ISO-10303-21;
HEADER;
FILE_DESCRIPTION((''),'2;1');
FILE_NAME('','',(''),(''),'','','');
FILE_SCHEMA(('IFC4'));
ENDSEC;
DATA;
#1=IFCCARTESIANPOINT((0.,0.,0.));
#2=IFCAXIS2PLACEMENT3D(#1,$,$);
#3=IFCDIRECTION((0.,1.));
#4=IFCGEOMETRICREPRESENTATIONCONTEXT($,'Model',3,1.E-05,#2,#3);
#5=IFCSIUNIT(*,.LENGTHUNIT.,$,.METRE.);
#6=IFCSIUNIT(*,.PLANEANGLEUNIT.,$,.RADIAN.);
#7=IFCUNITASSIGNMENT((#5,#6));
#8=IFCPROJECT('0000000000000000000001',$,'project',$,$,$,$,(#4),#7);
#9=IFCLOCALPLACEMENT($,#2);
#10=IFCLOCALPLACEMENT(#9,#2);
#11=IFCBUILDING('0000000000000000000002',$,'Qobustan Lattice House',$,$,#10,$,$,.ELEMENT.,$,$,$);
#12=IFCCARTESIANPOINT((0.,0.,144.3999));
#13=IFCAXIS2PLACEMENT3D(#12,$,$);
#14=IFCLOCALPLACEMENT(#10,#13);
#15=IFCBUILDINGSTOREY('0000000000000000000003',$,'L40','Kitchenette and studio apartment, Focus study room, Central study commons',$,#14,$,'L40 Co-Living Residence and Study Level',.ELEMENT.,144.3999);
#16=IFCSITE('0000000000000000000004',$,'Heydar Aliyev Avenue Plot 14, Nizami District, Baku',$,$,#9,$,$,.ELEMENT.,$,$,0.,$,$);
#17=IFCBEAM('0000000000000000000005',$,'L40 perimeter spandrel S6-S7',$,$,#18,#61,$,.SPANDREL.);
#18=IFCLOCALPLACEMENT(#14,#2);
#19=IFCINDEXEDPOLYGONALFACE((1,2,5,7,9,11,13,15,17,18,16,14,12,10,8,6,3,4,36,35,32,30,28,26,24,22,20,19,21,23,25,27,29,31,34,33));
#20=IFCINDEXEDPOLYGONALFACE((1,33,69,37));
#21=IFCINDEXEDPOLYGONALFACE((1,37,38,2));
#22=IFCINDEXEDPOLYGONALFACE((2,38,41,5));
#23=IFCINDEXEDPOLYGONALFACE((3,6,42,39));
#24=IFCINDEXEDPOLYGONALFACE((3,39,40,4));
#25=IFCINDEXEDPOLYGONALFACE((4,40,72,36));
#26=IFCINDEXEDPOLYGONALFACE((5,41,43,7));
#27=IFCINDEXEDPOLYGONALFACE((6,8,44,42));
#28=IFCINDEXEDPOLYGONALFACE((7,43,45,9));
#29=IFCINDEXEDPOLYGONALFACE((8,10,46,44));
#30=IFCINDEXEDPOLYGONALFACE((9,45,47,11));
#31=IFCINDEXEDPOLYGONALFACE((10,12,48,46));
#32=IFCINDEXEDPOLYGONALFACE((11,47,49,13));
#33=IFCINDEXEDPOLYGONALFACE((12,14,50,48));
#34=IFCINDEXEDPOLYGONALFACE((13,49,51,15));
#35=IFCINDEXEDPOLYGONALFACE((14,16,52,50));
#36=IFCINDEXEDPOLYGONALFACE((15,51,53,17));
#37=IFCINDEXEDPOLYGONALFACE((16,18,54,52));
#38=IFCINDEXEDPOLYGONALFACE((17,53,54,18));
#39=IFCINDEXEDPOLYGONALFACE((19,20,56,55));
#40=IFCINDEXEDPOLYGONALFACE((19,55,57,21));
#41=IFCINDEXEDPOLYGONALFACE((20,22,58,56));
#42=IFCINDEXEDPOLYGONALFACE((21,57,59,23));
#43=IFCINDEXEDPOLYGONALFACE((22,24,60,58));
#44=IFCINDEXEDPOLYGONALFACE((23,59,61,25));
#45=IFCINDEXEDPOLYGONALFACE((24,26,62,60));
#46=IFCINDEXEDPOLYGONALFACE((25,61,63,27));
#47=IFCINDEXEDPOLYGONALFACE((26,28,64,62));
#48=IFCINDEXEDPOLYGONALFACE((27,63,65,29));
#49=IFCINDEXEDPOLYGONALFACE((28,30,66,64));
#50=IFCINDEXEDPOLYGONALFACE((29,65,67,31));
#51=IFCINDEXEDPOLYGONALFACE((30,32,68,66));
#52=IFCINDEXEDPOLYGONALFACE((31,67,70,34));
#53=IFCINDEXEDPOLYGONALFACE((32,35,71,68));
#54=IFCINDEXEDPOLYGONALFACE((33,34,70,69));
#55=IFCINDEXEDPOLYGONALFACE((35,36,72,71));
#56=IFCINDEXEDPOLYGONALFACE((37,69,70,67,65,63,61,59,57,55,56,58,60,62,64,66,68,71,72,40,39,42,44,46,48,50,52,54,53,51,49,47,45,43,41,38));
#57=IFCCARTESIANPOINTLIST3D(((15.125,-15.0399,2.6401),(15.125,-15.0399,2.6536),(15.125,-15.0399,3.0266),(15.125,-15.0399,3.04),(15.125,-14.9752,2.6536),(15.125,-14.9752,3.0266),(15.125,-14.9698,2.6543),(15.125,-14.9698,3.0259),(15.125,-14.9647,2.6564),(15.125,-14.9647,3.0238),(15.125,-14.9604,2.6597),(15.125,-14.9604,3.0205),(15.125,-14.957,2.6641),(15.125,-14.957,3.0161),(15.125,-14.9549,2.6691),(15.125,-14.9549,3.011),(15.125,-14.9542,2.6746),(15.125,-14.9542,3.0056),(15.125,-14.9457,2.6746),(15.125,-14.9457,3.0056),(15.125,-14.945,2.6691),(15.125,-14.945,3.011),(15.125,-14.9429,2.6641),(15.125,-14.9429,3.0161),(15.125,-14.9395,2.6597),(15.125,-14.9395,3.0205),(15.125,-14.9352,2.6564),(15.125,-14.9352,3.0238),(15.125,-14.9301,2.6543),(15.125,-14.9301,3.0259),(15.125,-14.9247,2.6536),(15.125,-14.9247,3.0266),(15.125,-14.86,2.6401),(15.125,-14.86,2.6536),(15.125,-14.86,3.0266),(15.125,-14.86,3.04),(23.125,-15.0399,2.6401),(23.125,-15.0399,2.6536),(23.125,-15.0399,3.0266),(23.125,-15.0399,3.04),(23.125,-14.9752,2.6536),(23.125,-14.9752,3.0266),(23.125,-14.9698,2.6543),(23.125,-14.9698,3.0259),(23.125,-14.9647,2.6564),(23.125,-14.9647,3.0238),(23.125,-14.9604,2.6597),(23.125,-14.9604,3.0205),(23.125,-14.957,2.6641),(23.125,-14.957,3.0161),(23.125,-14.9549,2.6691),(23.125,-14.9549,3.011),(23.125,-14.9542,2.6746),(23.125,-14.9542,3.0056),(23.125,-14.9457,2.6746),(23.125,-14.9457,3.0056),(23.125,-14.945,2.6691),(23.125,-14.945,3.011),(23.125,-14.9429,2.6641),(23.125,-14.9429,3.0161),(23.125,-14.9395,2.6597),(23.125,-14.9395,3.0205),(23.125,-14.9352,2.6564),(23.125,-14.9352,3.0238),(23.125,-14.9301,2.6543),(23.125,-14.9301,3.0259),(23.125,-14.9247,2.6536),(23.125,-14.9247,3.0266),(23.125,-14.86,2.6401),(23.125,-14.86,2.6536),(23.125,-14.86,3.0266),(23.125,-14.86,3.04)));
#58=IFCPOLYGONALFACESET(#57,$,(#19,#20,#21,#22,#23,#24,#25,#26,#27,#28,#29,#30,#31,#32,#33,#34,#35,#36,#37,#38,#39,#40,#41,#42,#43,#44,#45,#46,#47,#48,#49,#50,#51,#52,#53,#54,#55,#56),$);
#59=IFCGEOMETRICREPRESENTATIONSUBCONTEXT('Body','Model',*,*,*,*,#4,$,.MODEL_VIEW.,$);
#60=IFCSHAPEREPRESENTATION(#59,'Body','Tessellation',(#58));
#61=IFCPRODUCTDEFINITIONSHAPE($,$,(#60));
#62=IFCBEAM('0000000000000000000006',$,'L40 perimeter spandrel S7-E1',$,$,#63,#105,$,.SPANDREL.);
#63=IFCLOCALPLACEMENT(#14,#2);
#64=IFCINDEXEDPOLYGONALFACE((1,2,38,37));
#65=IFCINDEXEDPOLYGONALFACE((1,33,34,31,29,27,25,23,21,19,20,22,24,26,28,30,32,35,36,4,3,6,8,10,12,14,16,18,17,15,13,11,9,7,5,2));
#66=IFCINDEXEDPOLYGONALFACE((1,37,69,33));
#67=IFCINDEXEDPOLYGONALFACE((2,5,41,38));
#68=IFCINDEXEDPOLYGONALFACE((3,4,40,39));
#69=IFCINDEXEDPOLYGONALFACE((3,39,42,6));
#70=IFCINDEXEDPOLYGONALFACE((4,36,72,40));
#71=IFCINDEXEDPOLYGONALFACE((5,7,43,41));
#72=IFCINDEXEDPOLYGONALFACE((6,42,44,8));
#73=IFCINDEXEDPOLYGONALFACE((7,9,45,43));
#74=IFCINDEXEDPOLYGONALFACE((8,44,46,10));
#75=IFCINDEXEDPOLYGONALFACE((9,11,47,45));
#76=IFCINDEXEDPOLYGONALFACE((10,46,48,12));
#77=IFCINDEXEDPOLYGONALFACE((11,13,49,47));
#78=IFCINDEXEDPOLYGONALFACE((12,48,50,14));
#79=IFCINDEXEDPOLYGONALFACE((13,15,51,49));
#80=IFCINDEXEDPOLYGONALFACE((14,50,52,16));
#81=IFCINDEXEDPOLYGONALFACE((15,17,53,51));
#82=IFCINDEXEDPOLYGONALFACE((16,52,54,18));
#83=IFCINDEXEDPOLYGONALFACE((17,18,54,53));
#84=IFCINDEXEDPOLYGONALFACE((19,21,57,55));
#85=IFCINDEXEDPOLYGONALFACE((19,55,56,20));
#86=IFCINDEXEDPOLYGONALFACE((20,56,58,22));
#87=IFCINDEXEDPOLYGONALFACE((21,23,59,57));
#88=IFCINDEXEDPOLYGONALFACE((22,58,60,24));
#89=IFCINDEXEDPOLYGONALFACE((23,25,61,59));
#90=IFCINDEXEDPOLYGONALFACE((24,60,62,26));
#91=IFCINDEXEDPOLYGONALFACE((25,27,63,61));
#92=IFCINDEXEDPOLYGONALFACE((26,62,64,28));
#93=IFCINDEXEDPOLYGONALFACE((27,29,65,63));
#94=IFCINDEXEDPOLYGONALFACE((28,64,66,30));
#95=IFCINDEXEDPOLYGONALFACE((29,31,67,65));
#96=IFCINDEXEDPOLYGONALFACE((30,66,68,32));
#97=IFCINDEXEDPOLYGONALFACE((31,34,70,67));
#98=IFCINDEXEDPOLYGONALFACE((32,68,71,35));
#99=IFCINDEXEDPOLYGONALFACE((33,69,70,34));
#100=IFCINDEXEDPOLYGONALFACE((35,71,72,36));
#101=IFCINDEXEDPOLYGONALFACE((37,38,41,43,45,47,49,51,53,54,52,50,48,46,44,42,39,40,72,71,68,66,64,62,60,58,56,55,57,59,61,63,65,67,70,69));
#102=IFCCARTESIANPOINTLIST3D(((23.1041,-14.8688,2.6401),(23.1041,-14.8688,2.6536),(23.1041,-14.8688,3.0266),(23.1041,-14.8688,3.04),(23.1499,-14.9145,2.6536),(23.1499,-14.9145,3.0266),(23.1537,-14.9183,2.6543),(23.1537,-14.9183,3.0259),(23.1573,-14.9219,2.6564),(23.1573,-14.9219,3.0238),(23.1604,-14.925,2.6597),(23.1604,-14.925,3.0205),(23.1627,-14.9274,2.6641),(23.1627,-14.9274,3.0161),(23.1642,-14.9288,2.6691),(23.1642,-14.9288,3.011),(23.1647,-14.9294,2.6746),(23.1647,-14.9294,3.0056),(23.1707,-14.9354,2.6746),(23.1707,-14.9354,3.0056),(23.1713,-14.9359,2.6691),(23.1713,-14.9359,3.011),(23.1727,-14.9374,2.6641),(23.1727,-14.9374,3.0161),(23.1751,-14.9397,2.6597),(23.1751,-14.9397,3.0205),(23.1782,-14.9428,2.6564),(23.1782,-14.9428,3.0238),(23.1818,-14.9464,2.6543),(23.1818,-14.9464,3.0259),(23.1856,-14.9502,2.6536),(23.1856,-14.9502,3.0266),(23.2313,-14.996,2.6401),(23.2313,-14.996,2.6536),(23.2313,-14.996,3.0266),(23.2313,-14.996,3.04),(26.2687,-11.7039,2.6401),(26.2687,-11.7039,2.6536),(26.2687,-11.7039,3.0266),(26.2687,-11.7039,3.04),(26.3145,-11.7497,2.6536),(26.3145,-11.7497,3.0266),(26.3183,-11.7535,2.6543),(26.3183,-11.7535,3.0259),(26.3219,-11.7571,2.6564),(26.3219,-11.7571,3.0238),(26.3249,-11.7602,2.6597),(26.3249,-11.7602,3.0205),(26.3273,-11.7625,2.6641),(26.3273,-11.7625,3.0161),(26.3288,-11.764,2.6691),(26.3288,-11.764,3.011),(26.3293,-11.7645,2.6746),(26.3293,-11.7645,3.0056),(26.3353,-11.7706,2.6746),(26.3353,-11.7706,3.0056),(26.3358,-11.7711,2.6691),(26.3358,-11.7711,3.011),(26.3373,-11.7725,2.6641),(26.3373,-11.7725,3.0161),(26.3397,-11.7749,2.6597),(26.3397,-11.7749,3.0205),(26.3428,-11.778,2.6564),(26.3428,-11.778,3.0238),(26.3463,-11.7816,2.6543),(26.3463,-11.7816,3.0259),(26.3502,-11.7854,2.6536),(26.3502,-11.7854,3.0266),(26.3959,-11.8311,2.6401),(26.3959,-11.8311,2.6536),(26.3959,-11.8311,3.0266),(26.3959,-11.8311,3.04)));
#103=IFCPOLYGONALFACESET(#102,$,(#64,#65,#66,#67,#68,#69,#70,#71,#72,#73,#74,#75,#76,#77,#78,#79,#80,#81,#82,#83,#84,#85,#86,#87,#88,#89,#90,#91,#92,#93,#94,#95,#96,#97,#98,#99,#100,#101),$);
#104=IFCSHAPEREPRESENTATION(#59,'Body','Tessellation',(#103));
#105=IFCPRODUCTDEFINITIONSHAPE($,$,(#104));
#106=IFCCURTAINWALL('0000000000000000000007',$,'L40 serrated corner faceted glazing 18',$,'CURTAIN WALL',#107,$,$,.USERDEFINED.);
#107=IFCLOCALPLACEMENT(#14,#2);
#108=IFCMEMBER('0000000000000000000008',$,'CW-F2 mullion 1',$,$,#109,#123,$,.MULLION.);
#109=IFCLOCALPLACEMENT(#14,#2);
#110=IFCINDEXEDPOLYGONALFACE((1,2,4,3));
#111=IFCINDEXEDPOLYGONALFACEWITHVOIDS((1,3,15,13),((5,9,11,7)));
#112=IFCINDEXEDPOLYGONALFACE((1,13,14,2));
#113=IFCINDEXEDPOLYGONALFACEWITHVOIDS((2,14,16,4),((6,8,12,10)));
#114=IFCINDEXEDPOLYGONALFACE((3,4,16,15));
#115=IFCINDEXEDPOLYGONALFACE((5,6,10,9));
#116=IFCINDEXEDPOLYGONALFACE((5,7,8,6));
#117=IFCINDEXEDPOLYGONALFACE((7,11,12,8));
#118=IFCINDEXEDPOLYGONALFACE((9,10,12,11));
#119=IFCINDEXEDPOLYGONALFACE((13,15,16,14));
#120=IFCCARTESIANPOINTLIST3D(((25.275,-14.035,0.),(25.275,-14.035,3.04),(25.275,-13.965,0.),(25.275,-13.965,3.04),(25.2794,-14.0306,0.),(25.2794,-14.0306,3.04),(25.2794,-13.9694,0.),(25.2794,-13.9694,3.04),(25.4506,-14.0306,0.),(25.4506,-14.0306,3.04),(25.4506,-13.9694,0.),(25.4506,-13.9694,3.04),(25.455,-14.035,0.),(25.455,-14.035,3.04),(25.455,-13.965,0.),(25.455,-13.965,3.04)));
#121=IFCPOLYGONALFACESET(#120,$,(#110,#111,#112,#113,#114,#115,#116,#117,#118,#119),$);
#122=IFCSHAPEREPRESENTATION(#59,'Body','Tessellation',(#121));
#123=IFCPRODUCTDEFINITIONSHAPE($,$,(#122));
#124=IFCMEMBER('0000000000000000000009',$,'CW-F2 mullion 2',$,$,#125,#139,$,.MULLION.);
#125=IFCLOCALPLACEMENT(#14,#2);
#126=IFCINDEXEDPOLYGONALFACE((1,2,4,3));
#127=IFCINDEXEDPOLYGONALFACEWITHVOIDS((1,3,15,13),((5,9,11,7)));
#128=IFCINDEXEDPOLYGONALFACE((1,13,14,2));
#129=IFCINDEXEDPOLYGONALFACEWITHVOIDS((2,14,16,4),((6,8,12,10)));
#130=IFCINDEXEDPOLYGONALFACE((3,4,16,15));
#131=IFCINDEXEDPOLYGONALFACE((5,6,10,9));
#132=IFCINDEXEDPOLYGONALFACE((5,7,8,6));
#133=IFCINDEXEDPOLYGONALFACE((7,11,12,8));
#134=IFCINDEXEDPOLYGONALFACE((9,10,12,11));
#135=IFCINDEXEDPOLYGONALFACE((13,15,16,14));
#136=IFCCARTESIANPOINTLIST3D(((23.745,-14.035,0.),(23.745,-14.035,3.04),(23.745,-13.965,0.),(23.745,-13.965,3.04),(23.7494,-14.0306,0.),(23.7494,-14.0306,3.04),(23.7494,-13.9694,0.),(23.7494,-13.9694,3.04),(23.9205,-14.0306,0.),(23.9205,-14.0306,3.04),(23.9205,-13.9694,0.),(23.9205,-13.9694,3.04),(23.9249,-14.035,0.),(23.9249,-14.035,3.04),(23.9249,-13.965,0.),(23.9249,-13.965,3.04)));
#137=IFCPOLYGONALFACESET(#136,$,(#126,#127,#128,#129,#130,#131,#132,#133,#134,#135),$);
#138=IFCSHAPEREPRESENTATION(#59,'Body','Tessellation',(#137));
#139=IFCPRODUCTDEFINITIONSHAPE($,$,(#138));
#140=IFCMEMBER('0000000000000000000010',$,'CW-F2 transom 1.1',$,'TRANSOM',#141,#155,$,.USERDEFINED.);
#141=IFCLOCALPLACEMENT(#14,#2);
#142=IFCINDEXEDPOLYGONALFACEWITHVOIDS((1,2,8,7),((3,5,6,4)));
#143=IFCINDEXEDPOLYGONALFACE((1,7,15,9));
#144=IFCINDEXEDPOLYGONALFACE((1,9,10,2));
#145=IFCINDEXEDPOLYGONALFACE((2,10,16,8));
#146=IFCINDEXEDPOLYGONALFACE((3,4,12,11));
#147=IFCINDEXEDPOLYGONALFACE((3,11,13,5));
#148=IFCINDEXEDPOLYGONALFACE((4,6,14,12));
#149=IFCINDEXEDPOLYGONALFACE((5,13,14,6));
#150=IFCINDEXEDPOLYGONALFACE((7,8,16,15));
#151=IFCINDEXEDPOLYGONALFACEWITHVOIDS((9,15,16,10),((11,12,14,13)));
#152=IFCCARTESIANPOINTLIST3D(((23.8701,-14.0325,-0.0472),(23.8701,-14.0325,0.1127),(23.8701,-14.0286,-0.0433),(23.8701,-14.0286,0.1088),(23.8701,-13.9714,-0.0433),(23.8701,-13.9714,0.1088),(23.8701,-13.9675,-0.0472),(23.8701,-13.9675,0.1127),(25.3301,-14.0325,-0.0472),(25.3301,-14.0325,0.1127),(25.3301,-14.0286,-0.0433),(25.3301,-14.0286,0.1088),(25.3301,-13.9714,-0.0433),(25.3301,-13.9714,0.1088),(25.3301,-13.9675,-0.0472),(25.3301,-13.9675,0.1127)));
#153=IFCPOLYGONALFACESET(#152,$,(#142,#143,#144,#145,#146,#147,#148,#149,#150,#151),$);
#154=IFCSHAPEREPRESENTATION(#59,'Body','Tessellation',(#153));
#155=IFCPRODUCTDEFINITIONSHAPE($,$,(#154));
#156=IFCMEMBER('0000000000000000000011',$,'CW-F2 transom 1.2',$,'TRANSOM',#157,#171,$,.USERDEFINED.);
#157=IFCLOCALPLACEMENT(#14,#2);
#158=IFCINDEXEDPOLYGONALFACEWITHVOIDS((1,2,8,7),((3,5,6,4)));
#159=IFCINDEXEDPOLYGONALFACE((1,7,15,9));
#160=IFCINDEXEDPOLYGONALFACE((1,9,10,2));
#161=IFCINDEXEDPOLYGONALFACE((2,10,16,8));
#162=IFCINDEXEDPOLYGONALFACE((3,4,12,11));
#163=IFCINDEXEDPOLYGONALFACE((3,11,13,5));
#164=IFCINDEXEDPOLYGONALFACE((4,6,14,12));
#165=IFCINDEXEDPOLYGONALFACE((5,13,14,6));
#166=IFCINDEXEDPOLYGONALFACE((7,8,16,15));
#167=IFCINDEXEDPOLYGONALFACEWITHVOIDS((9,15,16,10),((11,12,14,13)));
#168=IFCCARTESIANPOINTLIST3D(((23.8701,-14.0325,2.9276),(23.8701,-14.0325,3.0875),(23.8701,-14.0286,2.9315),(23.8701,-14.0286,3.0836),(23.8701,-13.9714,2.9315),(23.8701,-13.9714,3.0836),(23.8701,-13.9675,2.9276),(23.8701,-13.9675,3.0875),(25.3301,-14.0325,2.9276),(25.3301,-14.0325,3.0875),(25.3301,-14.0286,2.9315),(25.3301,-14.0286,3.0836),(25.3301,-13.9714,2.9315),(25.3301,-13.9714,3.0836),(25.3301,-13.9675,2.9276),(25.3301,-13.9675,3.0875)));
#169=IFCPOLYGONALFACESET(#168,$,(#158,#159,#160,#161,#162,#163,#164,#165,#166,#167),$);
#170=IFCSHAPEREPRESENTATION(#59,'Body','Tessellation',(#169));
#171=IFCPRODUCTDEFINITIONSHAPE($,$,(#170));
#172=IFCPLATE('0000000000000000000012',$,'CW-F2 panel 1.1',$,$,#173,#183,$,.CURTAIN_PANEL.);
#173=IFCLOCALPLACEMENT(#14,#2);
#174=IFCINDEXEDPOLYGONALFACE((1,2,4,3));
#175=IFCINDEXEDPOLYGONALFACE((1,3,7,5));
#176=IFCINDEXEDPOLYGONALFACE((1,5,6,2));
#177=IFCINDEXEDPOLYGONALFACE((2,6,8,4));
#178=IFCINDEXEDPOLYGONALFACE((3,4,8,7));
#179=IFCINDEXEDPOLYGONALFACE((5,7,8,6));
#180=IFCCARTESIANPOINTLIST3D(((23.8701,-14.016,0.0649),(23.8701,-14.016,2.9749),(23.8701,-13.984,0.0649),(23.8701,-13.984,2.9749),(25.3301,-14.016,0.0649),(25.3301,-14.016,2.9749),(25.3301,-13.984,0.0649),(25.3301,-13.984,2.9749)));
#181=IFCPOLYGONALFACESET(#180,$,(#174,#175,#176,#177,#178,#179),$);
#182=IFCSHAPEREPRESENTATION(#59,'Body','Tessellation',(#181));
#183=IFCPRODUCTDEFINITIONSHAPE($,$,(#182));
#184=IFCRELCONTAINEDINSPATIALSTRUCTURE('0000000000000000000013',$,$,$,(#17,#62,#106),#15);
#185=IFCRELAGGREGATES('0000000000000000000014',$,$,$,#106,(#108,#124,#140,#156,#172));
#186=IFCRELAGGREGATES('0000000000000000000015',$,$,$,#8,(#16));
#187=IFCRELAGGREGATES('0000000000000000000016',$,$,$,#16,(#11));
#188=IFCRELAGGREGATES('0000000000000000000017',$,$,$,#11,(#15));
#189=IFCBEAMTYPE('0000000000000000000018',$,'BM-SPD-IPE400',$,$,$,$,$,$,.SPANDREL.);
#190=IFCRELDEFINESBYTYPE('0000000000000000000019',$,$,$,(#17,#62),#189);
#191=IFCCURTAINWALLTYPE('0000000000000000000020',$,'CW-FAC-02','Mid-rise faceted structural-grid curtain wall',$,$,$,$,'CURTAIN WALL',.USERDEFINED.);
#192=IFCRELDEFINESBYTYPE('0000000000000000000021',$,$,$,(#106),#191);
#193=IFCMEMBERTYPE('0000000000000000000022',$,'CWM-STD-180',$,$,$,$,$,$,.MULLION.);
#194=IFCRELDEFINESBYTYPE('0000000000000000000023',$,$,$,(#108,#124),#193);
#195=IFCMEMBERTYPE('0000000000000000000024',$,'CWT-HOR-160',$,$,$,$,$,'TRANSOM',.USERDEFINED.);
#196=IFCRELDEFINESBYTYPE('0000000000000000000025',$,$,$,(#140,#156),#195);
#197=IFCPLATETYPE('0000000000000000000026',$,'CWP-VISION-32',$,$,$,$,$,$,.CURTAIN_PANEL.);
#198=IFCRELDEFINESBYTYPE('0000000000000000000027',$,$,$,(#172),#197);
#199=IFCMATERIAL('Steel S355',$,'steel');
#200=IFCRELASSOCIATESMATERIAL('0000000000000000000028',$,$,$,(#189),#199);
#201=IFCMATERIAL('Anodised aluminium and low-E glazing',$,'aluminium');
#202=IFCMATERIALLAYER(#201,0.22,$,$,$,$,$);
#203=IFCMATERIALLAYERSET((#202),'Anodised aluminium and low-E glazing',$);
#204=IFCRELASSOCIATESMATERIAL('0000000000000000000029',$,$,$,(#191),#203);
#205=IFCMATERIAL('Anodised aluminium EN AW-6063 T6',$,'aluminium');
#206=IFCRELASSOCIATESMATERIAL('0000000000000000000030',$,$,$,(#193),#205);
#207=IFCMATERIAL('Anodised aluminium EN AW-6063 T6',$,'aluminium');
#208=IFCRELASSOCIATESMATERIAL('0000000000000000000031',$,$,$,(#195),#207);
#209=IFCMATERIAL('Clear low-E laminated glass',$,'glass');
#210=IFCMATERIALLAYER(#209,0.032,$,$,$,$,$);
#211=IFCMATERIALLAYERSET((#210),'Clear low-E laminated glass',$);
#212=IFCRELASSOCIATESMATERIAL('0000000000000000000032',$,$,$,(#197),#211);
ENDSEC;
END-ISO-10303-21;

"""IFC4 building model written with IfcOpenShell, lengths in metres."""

from ifc_helpers import new_model, si_unit, direction, frame, origin, origin_2d, place, context, subcontext, project, spatial, rectangle, hollow_rectangle, i_section, extrude, material, layer, layer_set, material_profile, profile_set, type_object, element, aggregate, save


model = new_model("IFC4")

# Units and contexts
model_context = context("Model", 3, precision=1e-05, world=origin(), true_north=direction((0.0, 1.0)))
body_context = subcontext(model_context, "Body", "Model", "MODEL_VIEW")
ifc_project = project(units=[si_unit("LENGTHUNIT", "METRE"), si_unit("PLANEANGLEUNIT", "RADIAN")], contexts=[model_context])

# Site, building, storey
site_placement = place(None, origin())
site = spatial("IfcSite", under=ifc_project, at=site_placement, Name="Heydar Aliyev Avenue Plot 14, Nizami District, Baku", CompositionType="ELEMENT", RefElevation=0.0)
building_placement = place(site_placement, origin())
building = spatial("IfcBuilding", under=site, at=building_placement, Name="Qobustan Lattice House", CompositionType="ELEMENT")
storey_placement = place(building_placement, frame((0.0, 0.0, 144.3999)))
storey = spatial("IfcBuildingStorey", under=building, at=storey_placement, Name="L40", Description="Kitchenette and studio apartment, Focus study room, Central study commons", LongName="L40 Co-Living Residence and Study Level", CompositionType="ELEMENT", Elevation=144.3999)

# Beams
ifc_material_1 = material(Name="Steel S355", Category="steel")
ifc_material_profile_1 = material_profile(ifc_material_1, i_section(OverallWidth=0.1799, OverallDepth=0.3999, WebThickness=0.0085, FlangeThickness=0.0134, FilletRadius=0.021, at=origin_2d()), Name="IPE400")
ifc_profile_set_1 = profile_set([ifc_material_profile_1], Name="Steel S355")
beam_type_1 = type_object("IfcBeamType", Name="BM-SPD-IPE400", PredefinedType="SPANDREL", material=ifc_profile_set_1)
beam_1_placement = place(storey_placement, frame((15.125, -14.95, 2.8401), z_axis=(1.0, 0.0, 0.0), x_axis=(0.0, 1.0, 0.0)))
element("IfcBeam", 1, at=beam_1_placement, inside=storey, type_object=beam_type_1, Name="L40 perimeter spandrel S6-S7", PredefinedType="SPANDREL", context=body_context, shape_type="SweptSolid", body=[
    extrude(i_section(OverallWidth=0.1799, OverallDepth=0.3999, WebThickness=0.0085, FlangeThickness=0.0134, FilletRadius=0.021, at=origin_2d()), origin(), (0.0, 0.0, 1.0), 8.0),
])
beam_2_placement = place(storey_placement, frame((23.1677, -14.9324, 2.8401), z_axis=(0.70708, 0.707134, 0.0), x_axis=(-0.707134, 0.70708, 0.0)))
element("IfcBeam", 2, at=beam_2_placement, inside=storey, type_object=beam_type_1, Name="L40 perimeter spandrel S7-E1", PredefinedType="SPANDREL", context=body_context, shape_type="SweptSolid", body=[
    extrude(i_section(OverallWidth=0.1799, OverallDepth=0.3999, WebThickness=0.0085, FlangeThickness=0.0134, FilletRadius=0.021, at=origin_2d()), origin(), (0.0, 0.0, 1.0), 4.4756),
])

# Curtain wall, members, plate
ifc_material_2 = material(Name="Anodised aluminium and low-E glazing", Category="aluminium")
ifc_layer_1 = layer(ifc_material_2, 0.22)
ifc_layer_set_1 = layer_set([ifc_layer_1], Name="Anodised aluminium and low-E glazing")
curtain_wall_type = type_object("IfcCurtainWallType", Name="CW-FAC-02", Description="Mid-rise faceted structural-grid curtain wall", ElementType="CURTAIN WALL", PredefinedType="USERDEFINED", material=ifc_layer_set_1)
curtain_wall_placement = place(storey_placement, origin())
curtain_wall = element("IfcCurtainWall", 3, at=curtain_wall_placement, inside=storey, type_object=curtain_wall_type, Name="L40 serrated corner faceted glazing 18", ObjectType="CURTAIN WALL", PredefinedType="USERDEFINED")
ifc_material_3 = material(Name="Anodised aluminium EN AW-6063 T6", Category="aluminium")
ifc_material_profile_2 = material_profile(ifc_material_3, hollow_rectangle(XDim=0.0701, YDim=0.1799, WallThickness=0.0044, at=origin_2d()), Name="CWM-180x70")
ifc_profile_set_2 = profile_set([ifc_material_profile_2], Name="Anodised aluminium EN AW-6063 T6")
member_type_1 = type_object("IfcMemberType", Name="CWM-STD-180", PredefinedType="MULLION", material=ifc_profile_set_2)
member_1_placement = place(storey_placement, frame((25.365, -14.0, 0.0), z_axis=(0.0, 0.0, 1.0), x_axis=(0.0, -1.0, 0.0)))
member_1 = element("IfcMember", 4, at=member_1_placement, type_object=member_type_1, Name="CW-F2 mullion 1", PredefinedType="MULLION", context=body_context, shape_type="SweptSolid", body=[
    extrude(hollow_rectangle(XDim=0.0701, YDim=0.1799, WallThickness=0.0044, at=origin_2d()), origin(), (0.0, 0.0, 1.0), 3.04),
])
member_2_placement = place(storey_placement, frame((23.835, -14.0, 0.0), z_axis=(0.0, 0.0, 1.0), x_axis=(0.0, -1.0, 0.0)))
member_2 = element("IfcMember", 5, at=member_2_placement, type_object=member_type_1, Name="CW-F2 mullion 2", PredefinedType="MULLION", context=body_context, shape_type="SweptSolid", body=[
    extrude(hollow_rectangle(XDim=0.0701, YDim=0.1799, WallThickness=0.0044, at=origin_2d()), origin(), (0.0, 0.0, 1.0), 3.04),
])
ifc_material_4 = material(Name="Anodised aluminium EN AW-6063 T6", Category="aluminium")
ifc_material_profile_3 = material_profile(ifc_material_4, hollow_rectangle(XDim=0.0649, YDim=0.1599, WallThickness=0.0039, at=origin_2d()), Name="CWT-160x65")
ifc_profile_set_3 = profile_set([ifc_material_profile_3], Name="Anodised aluminium EN AW-6063 T6")
member_type_2 = type_object("IfcMemberType", Name="CWT-HOR-160", ElementType="TRANSOM", PredefinedType="USERDEFINED", material=ifc_profile_set_3)
member_3_placement = place(storey_placement, frame((25.3301, -14.0, 0.0327), z_axis=(-1.0, 0.0, 0.0), x_axis=(0.0, -1.0, 0.0)))
member_3 = element("IfcMember", 6, at=member_3_placement, type_object=member_type_2, Name="CW-F2 transom 1.1", ObjectType="TRANSOM", PredefinedType="USERDEFINED", context=body_context, shape_type="SweptSolid", body=[
    extrude(hollow_rectangle(XDim=0.0649, YDim=0.1599, WallThickness=0.0039, at=origin_2d()), origin(), (0.0, 0.0, 1.0), 1.46),
])
member_4_placement = place(storey_placement, frame((25.3301, -14.0, 3.0076), z_axis=(-1.0, 0.0, 0.0), x_axis=(0.0, -1.0, 0.0)))
member_4 = element("IfcMember", 7, at=member_4_placement, type_object=member_type_2, Name="CW-F2 transom 1.2", ObjectType="TRANSOM", PredefinedType="USERDEFINED", context=body_context, shape_type="SweptSolid", body=[
    extrude(hollow_rectangle(XDim=0.0649, YDim=0.1599, WallThickness=0.0039, at=origin_2d()), origin(), (0.0, 0.0, 1.0), 1.46),
])
ifc_material_5 = material(Name="Clear low-E laminated glass", Category="glass")
ifc_layer_2 = layer(ifc_material_5, 0.032)
ifc_layer_set_2 = layer_set([ifc_layer_2], Name="Clear low-E laminated glass")
plate_type_1 = type_object("IfcPlateType", Name="CWP-VISION-32", PredefinedType="CURTAIN_PANEL", material=ifc_layer_set_2)
plate_1_placement = place(storey_placement, frame((24.6001, -14.0, 0.0649), z_axis=(0.0, 0.0, 1.0), x_axis=(-1.0, 0.0, 0.0)))
plate_1 = element("IfcPlate", 8, at=plate_1_placement, type_object=plate_type_1, Name="CW-F2 panel 1.1", PredefinedType="CURTAIN_PANEL", context=body_context, shape_type="SweptSolid", body=[
    extrude(rectangle(XDim=1.46, YDim=0.032, at=origin_2d()), origin(), (0.0, 0.0, 1.0), 2.9099),
])
aggregate(curtain_wall, [member_1, member_2, member_3, member_4, plate_1])

save(model, "model.ifc")
